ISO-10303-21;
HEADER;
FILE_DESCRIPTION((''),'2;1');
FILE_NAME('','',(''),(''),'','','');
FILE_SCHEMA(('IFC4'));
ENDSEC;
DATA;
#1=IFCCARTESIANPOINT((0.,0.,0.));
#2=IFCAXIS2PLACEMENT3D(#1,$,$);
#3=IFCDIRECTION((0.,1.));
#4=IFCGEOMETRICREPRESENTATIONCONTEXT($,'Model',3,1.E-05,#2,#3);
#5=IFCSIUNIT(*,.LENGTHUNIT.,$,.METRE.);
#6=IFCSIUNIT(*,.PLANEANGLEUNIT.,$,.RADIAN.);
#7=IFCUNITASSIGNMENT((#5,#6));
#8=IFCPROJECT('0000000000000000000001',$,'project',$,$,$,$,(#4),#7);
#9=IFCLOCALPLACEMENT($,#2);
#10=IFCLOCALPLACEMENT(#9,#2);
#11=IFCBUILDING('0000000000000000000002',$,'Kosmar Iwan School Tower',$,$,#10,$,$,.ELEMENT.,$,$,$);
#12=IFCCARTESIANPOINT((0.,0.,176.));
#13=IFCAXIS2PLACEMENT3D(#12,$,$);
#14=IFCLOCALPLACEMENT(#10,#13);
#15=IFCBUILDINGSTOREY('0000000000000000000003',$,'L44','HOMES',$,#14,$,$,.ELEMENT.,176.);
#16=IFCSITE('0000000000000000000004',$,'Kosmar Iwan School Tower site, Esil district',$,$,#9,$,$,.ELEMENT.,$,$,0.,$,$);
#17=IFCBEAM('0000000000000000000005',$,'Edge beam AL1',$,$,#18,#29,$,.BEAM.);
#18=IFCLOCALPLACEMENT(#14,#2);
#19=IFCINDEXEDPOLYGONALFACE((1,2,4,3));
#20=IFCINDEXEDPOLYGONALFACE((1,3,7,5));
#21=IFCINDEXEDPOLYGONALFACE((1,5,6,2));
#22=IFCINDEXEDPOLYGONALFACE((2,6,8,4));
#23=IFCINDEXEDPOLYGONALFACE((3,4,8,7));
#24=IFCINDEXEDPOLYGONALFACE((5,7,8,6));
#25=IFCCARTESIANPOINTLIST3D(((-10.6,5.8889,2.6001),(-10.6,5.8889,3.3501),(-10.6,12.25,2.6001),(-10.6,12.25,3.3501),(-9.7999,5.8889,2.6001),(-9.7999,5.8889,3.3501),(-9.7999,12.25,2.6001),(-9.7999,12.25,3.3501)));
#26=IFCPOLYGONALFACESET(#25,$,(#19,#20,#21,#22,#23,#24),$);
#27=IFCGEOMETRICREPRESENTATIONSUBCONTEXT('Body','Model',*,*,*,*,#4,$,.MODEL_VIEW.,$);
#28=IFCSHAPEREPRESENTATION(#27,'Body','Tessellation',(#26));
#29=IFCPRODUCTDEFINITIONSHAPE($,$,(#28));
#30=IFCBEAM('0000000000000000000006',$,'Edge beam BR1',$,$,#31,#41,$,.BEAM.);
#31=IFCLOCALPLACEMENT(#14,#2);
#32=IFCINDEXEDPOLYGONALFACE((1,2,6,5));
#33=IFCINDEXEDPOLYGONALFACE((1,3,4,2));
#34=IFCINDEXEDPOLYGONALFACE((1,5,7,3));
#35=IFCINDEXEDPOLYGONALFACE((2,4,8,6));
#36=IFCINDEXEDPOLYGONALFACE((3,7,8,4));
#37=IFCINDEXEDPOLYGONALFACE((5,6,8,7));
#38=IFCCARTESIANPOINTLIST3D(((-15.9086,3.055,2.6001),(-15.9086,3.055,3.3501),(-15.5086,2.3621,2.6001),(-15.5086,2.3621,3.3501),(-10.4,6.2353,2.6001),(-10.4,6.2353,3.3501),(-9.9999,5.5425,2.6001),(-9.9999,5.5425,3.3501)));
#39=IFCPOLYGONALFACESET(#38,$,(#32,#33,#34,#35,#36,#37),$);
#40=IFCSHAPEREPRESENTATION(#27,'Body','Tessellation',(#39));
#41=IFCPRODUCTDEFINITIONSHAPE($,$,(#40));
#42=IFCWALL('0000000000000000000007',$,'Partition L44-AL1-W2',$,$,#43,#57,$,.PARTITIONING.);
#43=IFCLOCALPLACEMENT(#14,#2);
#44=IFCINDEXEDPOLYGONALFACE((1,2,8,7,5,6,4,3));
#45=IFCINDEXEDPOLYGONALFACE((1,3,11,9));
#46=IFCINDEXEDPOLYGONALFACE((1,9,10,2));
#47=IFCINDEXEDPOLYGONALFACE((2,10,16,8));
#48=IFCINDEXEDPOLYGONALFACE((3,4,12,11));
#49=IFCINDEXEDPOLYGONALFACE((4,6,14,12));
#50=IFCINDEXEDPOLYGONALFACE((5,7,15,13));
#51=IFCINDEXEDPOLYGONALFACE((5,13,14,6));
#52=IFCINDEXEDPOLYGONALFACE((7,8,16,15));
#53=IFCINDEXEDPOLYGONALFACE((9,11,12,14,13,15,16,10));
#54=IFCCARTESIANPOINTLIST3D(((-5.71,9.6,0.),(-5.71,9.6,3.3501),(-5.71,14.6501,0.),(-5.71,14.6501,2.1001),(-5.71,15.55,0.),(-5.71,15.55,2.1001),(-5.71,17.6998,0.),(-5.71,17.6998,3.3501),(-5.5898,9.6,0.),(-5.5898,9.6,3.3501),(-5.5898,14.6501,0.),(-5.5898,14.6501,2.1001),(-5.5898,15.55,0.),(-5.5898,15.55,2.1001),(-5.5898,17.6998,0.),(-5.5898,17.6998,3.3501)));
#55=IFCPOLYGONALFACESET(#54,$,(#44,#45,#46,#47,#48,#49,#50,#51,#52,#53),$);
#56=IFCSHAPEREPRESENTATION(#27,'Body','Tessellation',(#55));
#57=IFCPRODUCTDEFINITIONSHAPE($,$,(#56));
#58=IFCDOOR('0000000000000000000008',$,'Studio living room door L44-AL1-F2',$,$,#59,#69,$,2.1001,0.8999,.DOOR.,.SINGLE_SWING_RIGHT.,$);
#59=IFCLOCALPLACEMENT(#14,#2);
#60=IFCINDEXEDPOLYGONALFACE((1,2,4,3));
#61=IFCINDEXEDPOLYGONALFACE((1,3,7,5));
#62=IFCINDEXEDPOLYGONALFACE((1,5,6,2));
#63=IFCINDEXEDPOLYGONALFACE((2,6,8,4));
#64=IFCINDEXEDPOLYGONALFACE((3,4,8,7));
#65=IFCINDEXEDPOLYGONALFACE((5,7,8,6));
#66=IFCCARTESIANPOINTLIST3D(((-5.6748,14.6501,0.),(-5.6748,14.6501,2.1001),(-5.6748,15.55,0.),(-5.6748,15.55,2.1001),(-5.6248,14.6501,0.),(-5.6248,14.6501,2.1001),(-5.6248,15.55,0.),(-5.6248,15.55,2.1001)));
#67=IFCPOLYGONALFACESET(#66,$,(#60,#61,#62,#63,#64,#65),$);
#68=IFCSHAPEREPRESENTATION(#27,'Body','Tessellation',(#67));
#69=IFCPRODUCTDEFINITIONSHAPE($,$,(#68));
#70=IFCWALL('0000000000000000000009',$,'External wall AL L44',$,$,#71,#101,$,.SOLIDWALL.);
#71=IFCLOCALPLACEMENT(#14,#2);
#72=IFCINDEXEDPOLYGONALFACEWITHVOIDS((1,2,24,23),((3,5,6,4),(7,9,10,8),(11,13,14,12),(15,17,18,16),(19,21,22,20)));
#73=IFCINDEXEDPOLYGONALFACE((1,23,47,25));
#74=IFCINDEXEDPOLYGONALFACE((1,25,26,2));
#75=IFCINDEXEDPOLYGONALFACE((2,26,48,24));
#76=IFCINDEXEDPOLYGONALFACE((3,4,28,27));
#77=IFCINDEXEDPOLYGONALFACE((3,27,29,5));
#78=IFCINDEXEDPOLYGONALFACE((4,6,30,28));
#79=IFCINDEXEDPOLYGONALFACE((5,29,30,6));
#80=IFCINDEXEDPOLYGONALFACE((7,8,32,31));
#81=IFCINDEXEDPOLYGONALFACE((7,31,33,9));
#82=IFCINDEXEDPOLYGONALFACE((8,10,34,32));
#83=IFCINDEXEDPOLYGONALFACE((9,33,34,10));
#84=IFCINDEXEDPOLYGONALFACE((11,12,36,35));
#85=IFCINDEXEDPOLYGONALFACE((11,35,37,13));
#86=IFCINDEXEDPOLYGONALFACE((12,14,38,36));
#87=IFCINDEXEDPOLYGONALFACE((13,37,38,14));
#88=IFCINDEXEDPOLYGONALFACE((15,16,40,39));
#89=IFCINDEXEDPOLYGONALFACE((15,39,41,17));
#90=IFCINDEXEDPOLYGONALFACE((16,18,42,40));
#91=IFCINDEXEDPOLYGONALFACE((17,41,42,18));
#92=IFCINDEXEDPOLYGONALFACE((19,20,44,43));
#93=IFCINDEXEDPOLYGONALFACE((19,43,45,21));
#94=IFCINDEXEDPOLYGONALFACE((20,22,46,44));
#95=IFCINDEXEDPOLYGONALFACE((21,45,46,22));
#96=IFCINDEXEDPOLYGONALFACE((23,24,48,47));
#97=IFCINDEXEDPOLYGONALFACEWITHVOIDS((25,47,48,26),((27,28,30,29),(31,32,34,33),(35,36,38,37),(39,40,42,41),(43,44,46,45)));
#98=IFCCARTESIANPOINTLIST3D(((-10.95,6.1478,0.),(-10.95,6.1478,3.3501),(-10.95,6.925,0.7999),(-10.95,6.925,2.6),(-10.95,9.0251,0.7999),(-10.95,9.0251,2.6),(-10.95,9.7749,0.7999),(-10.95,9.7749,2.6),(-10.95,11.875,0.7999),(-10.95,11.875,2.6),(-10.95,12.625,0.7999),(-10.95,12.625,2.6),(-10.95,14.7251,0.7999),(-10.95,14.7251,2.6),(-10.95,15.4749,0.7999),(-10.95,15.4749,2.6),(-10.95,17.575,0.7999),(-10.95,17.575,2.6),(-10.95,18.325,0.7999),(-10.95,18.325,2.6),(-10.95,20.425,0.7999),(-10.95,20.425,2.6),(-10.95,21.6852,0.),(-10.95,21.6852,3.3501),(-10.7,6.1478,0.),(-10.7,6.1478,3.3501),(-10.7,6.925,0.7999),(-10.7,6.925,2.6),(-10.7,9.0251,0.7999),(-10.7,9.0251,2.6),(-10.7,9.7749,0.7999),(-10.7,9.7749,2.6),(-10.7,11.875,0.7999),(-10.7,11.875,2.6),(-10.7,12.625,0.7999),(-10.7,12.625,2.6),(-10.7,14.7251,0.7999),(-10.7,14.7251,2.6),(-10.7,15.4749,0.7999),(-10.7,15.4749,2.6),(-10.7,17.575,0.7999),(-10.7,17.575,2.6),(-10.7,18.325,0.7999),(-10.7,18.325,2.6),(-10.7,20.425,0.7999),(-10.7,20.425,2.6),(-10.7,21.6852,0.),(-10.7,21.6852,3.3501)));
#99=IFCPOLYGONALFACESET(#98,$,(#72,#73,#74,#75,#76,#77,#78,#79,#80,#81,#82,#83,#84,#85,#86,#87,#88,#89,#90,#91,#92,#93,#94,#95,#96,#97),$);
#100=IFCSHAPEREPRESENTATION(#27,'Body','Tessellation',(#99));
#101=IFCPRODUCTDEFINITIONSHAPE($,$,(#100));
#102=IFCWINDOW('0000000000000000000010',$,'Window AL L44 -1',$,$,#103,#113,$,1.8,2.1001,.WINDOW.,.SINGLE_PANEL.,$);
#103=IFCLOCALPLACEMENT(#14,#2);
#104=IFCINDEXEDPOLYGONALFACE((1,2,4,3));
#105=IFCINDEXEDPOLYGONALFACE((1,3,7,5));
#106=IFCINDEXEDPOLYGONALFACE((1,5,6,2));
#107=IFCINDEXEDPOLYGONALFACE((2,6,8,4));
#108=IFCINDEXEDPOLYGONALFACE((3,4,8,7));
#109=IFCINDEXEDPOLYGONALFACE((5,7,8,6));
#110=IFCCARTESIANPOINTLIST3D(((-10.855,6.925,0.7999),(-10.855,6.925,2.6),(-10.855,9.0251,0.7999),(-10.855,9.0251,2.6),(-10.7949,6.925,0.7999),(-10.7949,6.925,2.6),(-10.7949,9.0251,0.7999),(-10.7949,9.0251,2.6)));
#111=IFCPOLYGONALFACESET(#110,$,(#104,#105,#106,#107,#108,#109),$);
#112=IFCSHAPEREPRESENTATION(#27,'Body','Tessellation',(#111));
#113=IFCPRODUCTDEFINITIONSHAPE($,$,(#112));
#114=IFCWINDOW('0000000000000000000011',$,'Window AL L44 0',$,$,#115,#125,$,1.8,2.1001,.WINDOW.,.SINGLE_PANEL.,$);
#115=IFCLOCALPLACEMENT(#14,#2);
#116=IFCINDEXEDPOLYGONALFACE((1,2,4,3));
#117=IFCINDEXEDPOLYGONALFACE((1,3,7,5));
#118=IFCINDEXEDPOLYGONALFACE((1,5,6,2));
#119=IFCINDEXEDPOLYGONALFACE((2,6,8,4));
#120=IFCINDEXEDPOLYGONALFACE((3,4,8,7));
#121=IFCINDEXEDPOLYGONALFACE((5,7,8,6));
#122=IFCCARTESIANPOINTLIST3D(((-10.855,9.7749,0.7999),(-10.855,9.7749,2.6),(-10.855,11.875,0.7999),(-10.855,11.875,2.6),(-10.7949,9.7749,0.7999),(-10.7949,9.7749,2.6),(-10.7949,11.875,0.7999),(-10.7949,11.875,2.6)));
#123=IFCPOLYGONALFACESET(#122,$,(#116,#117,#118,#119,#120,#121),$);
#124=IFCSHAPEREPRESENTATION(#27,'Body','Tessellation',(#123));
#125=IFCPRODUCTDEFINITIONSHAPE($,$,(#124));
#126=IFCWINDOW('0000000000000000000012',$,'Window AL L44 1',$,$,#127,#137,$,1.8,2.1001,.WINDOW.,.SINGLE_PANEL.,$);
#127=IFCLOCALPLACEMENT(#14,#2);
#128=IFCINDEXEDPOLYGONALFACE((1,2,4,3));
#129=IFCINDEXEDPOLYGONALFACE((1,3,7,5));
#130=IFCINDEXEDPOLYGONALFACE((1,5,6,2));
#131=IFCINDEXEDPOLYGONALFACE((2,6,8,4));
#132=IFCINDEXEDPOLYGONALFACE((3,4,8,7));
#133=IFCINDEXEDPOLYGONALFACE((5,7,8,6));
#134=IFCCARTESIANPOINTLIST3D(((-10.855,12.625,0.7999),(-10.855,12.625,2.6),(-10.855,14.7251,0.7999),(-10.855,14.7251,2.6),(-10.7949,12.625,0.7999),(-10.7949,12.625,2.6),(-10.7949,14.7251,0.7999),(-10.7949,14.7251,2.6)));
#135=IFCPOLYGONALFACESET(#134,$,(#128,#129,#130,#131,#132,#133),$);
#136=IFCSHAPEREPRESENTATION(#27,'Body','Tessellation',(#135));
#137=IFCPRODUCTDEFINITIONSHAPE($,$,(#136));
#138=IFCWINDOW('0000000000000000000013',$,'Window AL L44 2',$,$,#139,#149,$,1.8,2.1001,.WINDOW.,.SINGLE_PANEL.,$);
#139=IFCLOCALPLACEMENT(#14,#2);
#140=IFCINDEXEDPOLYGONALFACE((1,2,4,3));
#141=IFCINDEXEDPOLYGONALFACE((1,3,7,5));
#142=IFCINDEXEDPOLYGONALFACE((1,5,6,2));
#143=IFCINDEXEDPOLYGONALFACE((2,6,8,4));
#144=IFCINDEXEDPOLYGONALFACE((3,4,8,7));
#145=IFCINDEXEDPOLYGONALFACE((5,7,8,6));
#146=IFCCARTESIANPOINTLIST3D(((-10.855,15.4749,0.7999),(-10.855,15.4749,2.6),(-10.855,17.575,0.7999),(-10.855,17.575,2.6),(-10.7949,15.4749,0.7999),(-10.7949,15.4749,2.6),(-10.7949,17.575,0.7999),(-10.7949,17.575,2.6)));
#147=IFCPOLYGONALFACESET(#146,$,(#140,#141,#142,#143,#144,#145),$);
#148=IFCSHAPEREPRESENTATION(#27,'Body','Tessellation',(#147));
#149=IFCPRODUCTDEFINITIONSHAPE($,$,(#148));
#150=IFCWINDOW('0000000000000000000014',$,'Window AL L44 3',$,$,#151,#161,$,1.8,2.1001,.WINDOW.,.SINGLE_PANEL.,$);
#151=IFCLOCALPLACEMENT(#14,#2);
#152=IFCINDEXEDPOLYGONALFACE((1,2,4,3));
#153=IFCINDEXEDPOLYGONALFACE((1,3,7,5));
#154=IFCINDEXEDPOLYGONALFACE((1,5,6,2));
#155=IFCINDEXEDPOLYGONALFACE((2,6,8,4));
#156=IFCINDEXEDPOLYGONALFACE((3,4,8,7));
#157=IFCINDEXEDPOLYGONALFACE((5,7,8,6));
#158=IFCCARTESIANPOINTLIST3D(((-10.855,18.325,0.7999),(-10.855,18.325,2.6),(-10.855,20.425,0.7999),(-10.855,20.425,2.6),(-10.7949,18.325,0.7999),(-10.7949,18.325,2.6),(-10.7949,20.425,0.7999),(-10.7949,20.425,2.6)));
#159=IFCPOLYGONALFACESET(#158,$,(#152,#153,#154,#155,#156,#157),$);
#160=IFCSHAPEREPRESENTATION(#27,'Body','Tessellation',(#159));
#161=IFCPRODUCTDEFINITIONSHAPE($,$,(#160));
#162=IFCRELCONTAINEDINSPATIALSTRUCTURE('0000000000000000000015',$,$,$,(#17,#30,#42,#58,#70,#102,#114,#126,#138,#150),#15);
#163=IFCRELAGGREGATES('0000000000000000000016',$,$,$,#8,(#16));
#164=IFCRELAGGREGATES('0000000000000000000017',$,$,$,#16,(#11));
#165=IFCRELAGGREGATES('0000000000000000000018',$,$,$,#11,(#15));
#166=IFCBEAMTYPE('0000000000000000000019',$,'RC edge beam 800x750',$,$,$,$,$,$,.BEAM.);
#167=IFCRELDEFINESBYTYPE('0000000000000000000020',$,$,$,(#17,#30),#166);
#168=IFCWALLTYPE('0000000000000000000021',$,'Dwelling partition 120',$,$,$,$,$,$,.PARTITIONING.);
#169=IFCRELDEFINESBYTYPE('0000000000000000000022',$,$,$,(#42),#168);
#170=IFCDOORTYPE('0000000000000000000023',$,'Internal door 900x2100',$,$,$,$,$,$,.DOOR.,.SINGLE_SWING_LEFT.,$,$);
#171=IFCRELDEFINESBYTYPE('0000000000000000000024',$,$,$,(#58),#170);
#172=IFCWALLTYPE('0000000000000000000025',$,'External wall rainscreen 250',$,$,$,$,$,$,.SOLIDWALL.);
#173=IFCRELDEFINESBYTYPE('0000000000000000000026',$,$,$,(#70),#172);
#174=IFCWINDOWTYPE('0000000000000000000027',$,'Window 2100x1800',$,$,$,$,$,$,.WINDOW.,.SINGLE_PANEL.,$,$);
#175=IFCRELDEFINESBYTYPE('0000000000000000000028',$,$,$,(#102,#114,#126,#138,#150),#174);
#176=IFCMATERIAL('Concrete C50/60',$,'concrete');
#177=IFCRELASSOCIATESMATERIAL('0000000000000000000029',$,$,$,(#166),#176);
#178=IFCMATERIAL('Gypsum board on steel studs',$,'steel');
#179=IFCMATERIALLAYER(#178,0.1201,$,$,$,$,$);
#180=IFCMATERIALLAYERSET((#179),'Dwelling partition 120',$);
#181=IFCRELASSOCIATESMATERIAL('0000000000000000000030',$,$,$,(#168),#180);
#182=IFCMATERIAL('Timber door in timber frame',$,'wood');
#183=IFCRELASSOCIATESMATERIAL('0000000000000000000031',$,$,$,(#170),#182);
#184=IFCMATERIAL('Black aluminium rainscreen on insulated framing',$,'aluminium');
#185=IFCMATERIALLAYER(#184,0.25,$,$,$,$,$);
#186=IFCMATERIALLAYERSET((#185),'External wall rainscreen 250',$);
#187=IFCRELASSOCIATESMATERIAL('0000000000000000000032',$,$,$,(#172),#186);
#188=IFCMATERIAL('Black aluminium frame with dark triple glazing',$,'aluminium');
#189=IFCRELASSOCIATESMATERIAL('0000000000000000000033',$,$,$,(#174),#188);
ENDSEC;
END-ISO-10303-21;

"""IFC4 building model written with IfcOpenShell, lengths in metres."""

from ifc_helpers import new_model, si_unit, direction, frame, frame_2d, origin, origin_2d, place, context, subcontext, project, spatial, rectangle, extrude, material, layer, layer_set, material_profile, profile_set, type_object, element, fill, save


model = new_model("IFC4")

# Units and contexts
model_context = context("Model", 3, precision=1e-05, world=origin(), true_north=direction((0.0, 1.0)))
body_context = subcontext(model_context, "Body", "Model", "MODEL_VIEW")
ifc_project = project(units=[si_unit("LENGTHUNIT", "METRE"), si_unit("PLANEANGLEUNIT", "RADIAN")], contexts=[model_context])

# Site, building, storey
site_placement = place(None, origin())
site = spatial("IfcSite", under=ifc_project, at=site_placement, Name="Kosmar Iwan School Tower site, Esil district", CompositionType="ELEMENT", RefElevation=0.0)
building_placement = place(site_placement, origin())
building = spatial("IfcBuilding", under=site, at=building_placement, Name="Kosmar Iwan School Tower", CompositionType="ELEMENT")
storey_placement = place(building_placement, frame((0.0, 0.0, 176.0)))
storey = spatial("IfcBuildingStorey", under=building, at=storey_placement, Name="L44", Description="HOMES", CompositionType="ELEMENT", Elevation=176.0)

# Beams
ifc_material_1 = material(Name="Concrete C50/60", Category="concrete")
ifc_material_profile = material_profile(ifc_material_1, rectangle(XDim=0.8, YDim=0.75, at=origin_2d()), Name="RC 800x750")
ifc_profile_set = profile_set([ifc_material_profile], Name="Concrete C50/60")
beam_type = type_object("IfcBeamType", Name="RC edge beam 800x750", PredefinedType="BEAM", material=ifc_profile_set)
beam_1_placement = place(storey_placement, frame((-10.2, 5.8889, 2.9751), z_axis=(0.0, 1.0, 0.0), x_axis=(-1.0, 0.0, 0.0)))
element("IfcBeam", 1, at=beam_1_placement, inside=storey, type_object=beam_type, Name="Edge beam AL1", PredefinedType="BEAM", context=body_context, shape_type="SweptSolid", body=[
    extrude(rectangle(XDim=0.8, YDim=0.75, at=origin_2d()), origin(), (0.0, 0.0, 1.0), 6.3611),
])
beam_2_placement = place(storey_placement, frame((-10.2, 5.8889, 2.9751), z_axis=(-0.866031, -0.49999, 0.0), x_axis=(0.49999, -0.866031, 0.0)))
element("IfcBeam", 2, at=beam_2_placement, inside=storey, type_object=beam_type, Name="Edge beam BR1", PredefinedType="BEAM", context=body_context, shape_type="SweptSolid", body=[
    extrude(rectangle(XDim=0.8, YDim=0.75, at=origin_2d()), origin(), (0.0, 0.0, 1.0), 6.3608),
])

# Wall, opening, door
ifc_material_2 = material(Name="Gypsum board on steel studs", Category="steel")
ifc_layer_1 = layer(ifc_material_2, 0.1201)
ifc_layer_set_1 = layer_set([ifc_layer_1], Name="Dwelling partition 120")
wall_type_1 = type_object("IfcWallType", Name="Dwelling partition 120", PredefinedType="PARTITIONING", material=ifc_layer_set_1)
wall_1_placement = place(storey_placement, frame((-5.6499, 9.6001, 0.0), z_axis=(0.0, 0.0, 1.0), x_axis=(0.0, 1.0, 0.0)))
wall_1 = element("IfcWall", 3, at=wall_1_placement, inside=storey, type_object=wall_type_1, Name="Partition L44-AL1-W2", PredefinedType="PARTITIONING", context=body_context, shape_type="SweptSolid", body=[
    extrude(rectangle(XDim=8.0999, YDim=0.1201, at=frame_2d((4.0498, 0.0))), origin(), (0.0, 0.0, 1.0), 3.3501),
])
opening_1_placement = place(wall_1_placement, frame((5.05, 0.0, 0.0)))
opening_1 = element("IfcOpeningElement", 4, at=opening_1_placement, cuts=wall_1, PredefinedType="OPENING", context=body_context, shape_type="SweptSolid", body=[
    extrude(rectangle(XDim=0.8999, YDim=2.1001, at=frame_2d((0.45, 1.05))), frame((0.0, 0.072, 0.0), z_axis=(0.0, -1.0, 0.0), x_axis=(1.0, 0.0, 0.0)), (0.0, 0.0, 1.0), 0.144),
])
ifc_material_3 = material(Name="Timber door in timber frame", Category="wood")
door_type = type_object("IfcDoorType", Name="Internal door 900x2100", OperationType="SINGLE_SWING_LEFT", PredefinedType="DOOR", material=ifc_material_3)
door_placement = place(opening_1_placement, origin())
door = element("IfcDoor", 5, at=door_placement, inside=storey, type_object=door_type, Name="Studio living room door L44-AL1-F2", OperationType="SINGLE_SWING_RIGHT", OverallHeight=2.1001, OverallWidth=0.8999, PredefinedType="DOOR", context=body_context, shape_type="SweptSolid", body=[
    extrude(rectangle(XDim=0.8999, YDim=2.1001, at=frame_2d((0.45, 1.05))), frame((0.0, 0.0249, 0.0), z_axis=(0.0, -1.0, 0.0), x_axis=(1.0, 0.0, 0.0)), (0.0, 0.0, 1.0), 0.05),
])
fill(opening_1, door)

# Wall, openings, windows
ifc_material_4 = material(Name="Black aluminium rainscreen on insulated framing", Category="aluminium")
ifc_layer_2 = layer(ifc_material_4, 0.25)
ifc_layer_set_2 = layer_set([ifc_layer_2], Name="External wall rainscreen 250")
wall_type_2 = type_object("IfcWallType", Name="External wall rainscreen 250", PredefinedType="SOLIDWALL", material=ifc_layer_set_2)
wall_2_placement = place(storey_placement, frame((-10.825, 6.1479, 0.0), z_axis=(0.0, 0.0, 1.0), x_axis=(0.0, 1.0, 0.0)))
wall_2 = element("IfcWall", 6, at=wall_2_placement, inside=storey, type_object=wall_type_2, Name="External wall AL L44", PredefinedType="SOLIDWALL", context=body_context, shape_type="SweptSolid", body=[
    extrude(rectangle(XDim=15.5374, YDim=0.25, at=frame_2d((7.7686, 0.0))), origin(), (0.0, 0.0, 1.0), 3.3501),
])
opening_2_placement = place(wall_2_placement, frame((0.7771, 0.0, 0.8)))
opening_2 = element("IfcOpeningElement", 7, at=opening_2_placement, cuts=wall_2, PredefinedType="OPENING", context=body_context, shape_type="SweptSolid", body=[
    extrude(rectangle(XDim=2.1001, YDim=1.8, at=frame_2d((1.05, 0.8999))), frame((0.0, 0.137, 0.0), z_axis=(0.0, -1.0, 0.0), x_axis=(1.0, 0.0, 0.0)), (0.0, 0.0, 1.0), 0.2739),
])
opening_3_placement = place(wall_2_placement, frame((3.627, 0.0, 0.8)))
opening_3 = element("IfcOpeningElement", 8, at=opening_3_placement, cuts=wall_2, PredefinedType="OPENING", context=body_context, shape_type="SweptSolid", body=[
    extrude(rectangle(XDim=2.1001, YDim=1.8, at=frame_2d((1.05, 0.8999))), frame((0.0, 0.137, 0.0), z_axis=(0.0, -1.0, 0.0), x_axis=(1.0, 0.0, 0.0)), (0.0, 0.0, 1.0), 0.2739),
])
opening_4_placement = place(wall_2_placement, frame((6.4771, 0.0, 0.8)))
opening_4 = element("IfcOpeningElement", 9, at=opening_4_placement, cuts=wall_2, PredefinedType="OPENING", context=body_context, shape_type="SweptSolid", body=[
    extrude(rectangle(XDim=2.1001, YDim=1.8, at=frame_2d((1.05, 0.8999))), frame((0.0, 0.137, 0.0), z_axis=(0.0, -1.0, 0.0), x_axis=(1.0, 0.0, 0.0)), (0.0, 0.0, 1.0), 0.2739),
])
opening_5_placement = place(wall_2_placement, frame((9.3269, 0.0, 0.8)))
opening_5 = element("IfcOpeningElement", 10, at=opening_5_placement, cuts=wall_2, PredefinedType="OPENING", context=body_context, shape_type="SweptSolid", body=[
    extrude(rectangle(XDim=2.1001, YDim=1.8, at=frame_2d((1.05, 0.8999))), frame((0.0, 0.137, 0.0), z_axis=(0.0, -1.0, 0.0), x_axis=(1.0, 0.0, 0.0)), (0.0, 0.0, 1.0), 0.2739),
])
opening_6_placement = place(wall_2_placement, frame((12.177, 0.0, 0.8)))
opening_6 = element("IfcOpeningElement", 11, at=opening_6_placement, cuts=wall_2, PredefinedType="OPENING", context=body_context, shape_type="SweptSolid", body=[
    extrude(rectangle(XDim=2.1001, YDim=1.8, at=frame_2d((1.05, 0.8999))), frame((0.0, 0.137, 0.0), z_axis=(0.0, -1.0, 0.0), x_axis=(1.0, 0.0, 0.0)), (0.0, 0.0, 1.0), 0.2739),
])
ifc_material_5 = material(Name="Black aluminium frame with dark triple glazing", Category="aluminium")
window_type = type_object("IfcWindowType", Name="Window 2100x1800", PartitioningType="SINGLE_PANEL", PredefinedType="WINDOW", material=ifc_material_5)
window_1_placement = place(opening_2_placement, origin())
window_1 = element("IfcWindow", 12, at=window_1_placement, inside=storey, type_object=window_type, Name="Window AL L44 -1", OverallHeight=1.8, OverallWidth=2.1001, PartitioningType="SINGLE_PANEL", PredefinedType="WINDOW", context=body_context, shape_type="SweptSolid", body=[
    extrude(rectangle(XDim=2.1001, YDim=1.8, at=frame_2d((1.05, 0.8999))), frame((0.0, 0.03, 0.0), z_axis=(0.0, -1.0, 0.0), x_axis=(1.0, 0.0, 0.0)), (0.0, 0.0, 1.0), 0.0601),
])
fill(opening_2, window_1)
window_2_placement = place(opening_3_placement, origin())
window_2 = element("IfcWindow", 13, at=window_2_placement, inside=storey, type_object=window_type, Name="Window AL L44 0", OverallHeight=1.8, OverallWidth=2.1001, PartitioningType="SINGLE_PANEL", PredefinedType="WINDOW", context=body_context, shape_type="SweptSolid", body=[
    extrude(rectangle(XDim=2.1001, YDim=1.8, at=frame_2d((1.05, 0.8999))), frame((0.0, 0.03, 0.0), z_axis=(0.0, -1.0, 0.0), x_axis=(1.0, 0.0, 0.0)), (0.0, 0.0, 1.0), 0.0601),
])
fill(opening_3, window_2)
window_3_placement = place(opening_4_placement, origin())
window_3 = element("IfcWindow", 14, at=window_3_placement, inside=storey, type_object=window_type, Name="Window AL L44 1", OverallHeight=1.8, OverallWidth=2.1001, PartitioningType="SINGLE_PANEL", PredefinedType="WINDOW", context=body_context, shape_type="SweptSolid", body=[
    extrude(rectangle(XDim=2.1001, YDim=1.8, at=frame_2d((1.05, 0.8999))), frame((0.0, 0.03, 0.0), z_axis=(0.0, -1.0, 0.0), x_axis=(1.0, 0.0, 0.0)), (0.0, 0.0, 1.0), 0.0601),
])
fill(opening_4, window_3)
window_4_placement = place(opening_5_placement, origin())
window_4 = element("IfcWindow", 15, at=window_4_placement, inside=storey, type_object=window_type, Name="Window AL L44 2", OverallHeight=1.8, OverallWidth=2.1001, PartitioningType="SINGLE_PANEL", PredefinedType="WINDOW", context=body_context, shape_type="SweptSolid", body=[
    extrude(rectangle(XDim=2.1001, YDim=1.8, at=frame_2d((1.05, 0.8999))), frame((0.0, 0.03, 0.0), z_axis=(0.0, -1.0, 0.0), x_axis=(1.0, 0.0, 0.0)), (0.0, 0.0, 1.0), 0.0601),
])
fill(opening_5, window_4)
window_5_placement = place(opening_6_placement, origin())
window_5 = element("IfcWindow", 16, at=window_5_placement, inside=storey, type_object=window_type, Name="Window AL L44 3", OverallHeight=1.8, OverallWidth=2.1001, PartitioningType="SINGLE_PANEL", PredefinedType="WINDOW", context=body_context, shape_type="SweptSolid", body=[
    extrude(rectangle(XDim=2.1001, YDim=1.8, at=frame_2d((1.05, 0.8999))), frame((0.0, 0.03, 0.0), z_axis=(0.0, -1.0, 0.0), x_axis=(1.0, 0.0, 0.0)), (0.0, 0.0, 1.0), 0.0601),
])
fill(opening_6, window_5)

save(model, "model.ifc")
